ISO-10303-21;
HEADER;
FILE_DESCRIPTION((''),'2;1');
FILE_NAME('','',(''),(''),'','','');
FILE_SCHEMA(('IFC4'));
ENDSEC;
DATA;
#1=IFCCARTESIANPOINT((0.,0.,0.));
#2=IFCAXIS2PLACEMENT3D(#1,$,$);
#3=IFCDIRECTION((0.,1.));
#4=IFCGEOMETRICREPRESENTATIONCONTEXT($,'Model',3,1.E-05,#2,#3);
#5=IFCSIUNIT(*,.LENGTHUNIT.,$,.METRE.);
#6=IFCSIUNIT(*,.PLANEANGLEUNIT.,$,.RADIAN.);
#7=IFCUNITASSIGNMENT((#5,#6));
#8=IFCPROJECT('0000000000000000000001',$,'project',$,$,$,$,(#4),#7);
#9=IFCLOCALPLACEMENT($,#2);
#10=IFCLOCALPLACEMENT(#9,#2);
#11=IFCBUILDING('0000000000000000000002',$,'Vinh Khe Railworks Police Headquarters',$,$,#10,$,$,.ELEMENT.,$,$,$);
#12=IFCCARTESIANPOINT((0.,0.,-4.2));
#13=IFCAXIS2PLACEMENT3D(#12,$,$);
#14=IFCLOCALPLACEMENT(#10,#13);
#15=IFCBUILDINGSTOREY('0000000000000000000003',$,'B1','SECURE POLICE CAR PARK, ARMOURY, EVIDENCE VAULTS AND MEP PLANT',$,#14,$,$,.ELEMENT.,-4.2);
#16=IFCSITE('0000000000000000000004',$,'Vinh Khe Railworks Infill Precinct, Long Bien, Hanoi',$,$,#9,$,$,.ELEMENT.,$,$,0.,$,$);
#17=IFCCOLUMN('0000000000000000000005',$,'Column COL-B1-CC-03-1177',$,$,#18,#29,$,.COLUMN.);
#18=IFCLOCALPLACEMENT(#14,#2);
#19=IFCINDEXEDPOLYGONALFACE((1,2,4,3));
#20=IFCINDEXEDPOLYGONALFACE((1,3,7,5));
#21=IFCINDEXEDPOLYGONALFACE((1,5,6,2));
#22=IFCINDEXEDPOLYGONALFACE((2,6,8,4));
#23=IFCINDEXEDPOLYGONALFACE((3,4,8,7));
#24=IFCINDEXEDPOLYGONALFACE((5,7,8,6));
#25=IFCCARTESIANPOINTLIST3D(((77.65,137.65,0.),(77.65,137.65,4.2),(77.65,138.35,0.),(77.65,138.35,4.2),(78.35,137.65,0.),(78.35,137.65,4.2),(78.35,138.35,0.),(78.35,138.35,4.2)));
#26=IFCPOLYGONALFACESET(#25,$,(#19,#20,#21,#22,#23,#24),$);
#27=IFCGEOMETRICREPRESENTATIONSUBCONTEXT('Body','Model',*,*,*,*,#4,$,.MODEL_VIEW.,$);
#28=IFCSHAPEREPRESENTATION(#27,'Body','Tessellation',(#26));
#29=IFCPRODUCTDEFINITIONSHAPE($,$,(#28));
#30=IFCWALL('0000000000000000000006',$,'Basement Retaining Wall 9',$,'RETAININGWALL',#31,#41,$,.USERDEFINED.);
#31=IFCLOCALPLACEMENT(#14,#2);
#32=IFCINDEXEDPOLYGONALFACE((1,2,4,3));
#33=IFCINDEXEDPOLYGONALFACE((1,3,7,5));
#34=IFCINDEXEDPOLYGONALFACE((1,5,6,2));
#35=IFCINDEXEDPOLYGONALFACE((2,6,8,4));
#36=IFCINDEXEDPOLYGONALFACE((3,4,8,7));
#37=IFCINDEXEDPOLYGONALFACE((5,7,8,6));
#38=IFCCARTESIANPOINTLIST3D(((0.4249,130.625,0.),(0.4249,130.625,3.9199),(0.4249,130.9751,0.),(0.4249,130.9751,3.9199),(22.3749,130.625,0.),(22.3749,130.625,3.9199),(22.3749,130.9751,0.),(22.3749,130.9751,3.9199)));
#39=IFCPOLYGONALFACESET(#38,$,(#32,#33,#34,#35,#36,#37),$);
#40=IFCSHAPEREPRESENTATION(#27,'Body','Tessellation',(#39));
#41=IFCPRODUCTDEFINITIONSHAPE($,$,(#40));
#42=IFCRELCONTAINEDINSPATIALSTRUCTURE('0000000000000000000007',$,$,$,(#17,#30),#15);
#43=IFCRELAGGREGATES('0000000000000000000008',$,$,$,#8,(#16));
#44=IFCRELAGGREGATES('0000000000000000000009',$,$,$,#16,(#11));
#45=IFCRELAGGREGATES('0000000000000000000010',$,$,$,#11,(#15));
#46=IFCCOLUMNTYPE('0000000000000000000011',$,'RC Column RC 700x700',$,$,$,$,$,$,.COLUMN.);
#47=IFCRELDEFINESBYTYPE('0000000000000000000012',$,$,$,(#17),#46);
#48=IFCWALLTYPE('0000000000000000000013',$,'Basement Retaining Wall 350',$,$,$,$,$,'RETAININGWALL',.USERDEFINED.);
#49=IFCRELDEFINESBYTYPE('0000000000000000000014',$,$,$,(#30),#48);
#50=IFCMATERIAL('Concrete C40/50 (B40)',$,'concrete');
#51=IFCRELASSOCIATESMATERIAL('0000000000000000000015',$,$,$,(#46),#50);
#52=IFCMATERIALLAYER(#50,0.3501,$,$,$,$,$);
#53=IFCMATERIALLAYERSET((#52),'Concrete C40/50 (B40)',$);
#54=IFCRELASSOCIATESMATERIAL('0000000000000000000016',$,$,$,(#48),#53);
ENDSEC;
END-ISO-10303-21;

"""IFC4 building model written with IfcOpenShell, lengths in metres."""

from ifc_helpers import new_model, si_unit, direction, frame, frame_2d, origin, origin_2d, place, context, subcontext, project, spatial, rectangle, extrude, material, layer, layer_set, material_profile, profile_set, type_object, element, save


model = new_model("IFC4")

# Units and contexts
model_context = context("Model", 3, precision=1e-05, world=origin(), true_north=direction((0.0, 1.0)))
body_context = subcontext(model_context, "Body", "Model", "MODEL_VIEW")
ifc_project = project(units=[si_unit("LENGTHUNIT", "METRE"), si_unit("PLANEANGLEUNIT", "RADIAN")], contexts=[model_context])

# Site, building, storey
site_placement = place(None, origin())
site = spatial("IfcSite", under=ifc_project, at=site_placement, Name="Vinh Khe Railworks Infill Precinct, Long Bien, Hanoi", CompositionType="ELEMENT", RefElevation=0.0)
building_placement = place(site_placement, origin())
building = spatial("IfcBuilding", under=site, at=building_placement, Name="Vinh Khe Railworks Police Headquarters", CompositionType="ELEMENT")
storey_placement = place(building_placement, frame((0.0, 0.0, -4.2)))
storey = spatial("IfcBuildingStorey", under=building, at=storey_placement, Name="B1", Description="SECURE POLICE CAR PARK, ARMOURY, EVIDENCE VAULTS AND MEP PLANT", CompositionType="ELEMENT", Elevation=-4.2)

# Column
ifc_material_1 = material(Name="Concrete C40/50 (B40)", Category="concrete")
ifc_material_profile_1 = material_profile(ifc_material_1, rectangle(XDim=0.7, YDim=0.7, at=origin_2d()), Name="RC 700x700")
ifc_profile_set_1 = profile_set([ifc_material_profile_1], Name="Concrete C40/50 (B40)")
column_type_1 = type_object("IfcColumnType", Name="RC Column RC 700x700", PredefinedType="COLUMN", material=ifc_profile_set_1)
column_1_placement = place(storey_placement, frame((78.0, 138.0, 0.0), z_axis=(0.0, 0.0, 1.0), x_axis=(1.0, 0.0, 0.0)))
element("IfcColumn", 1, at=column_1_placement, inside=storey, type_object=column_type_1, Name="Column COL-B1-CC-03-1177", PredefinedType="COLUMN", context=body_context, shape_type="SweptSolid", body=[
    extrude(rectangle(XDim=0.7, YDim=0.7, at=origin_2d()), origin(), (0.0, 0.0, 1.0), 4.2),
])

# Wall
ifc_layer = layer(ifc_material_1, 0.3501)
ifc_layer_set = layer_set([ifc_layer], Name="Concrete C40/50 (B40)")
wall_type = type_object("IfcWallType", Name="Basement Retaining Wall 350", ElementType="RETAININGWALL", PredefinedType="USERDEFINED", material=ifc_layer_set)
wall_placement = place(storey_placement, frame((22.375, 130.8, 0.0), z_axis=(0.0, 0.0, 1.0), x_axis=(-1.0, 0.0, 0.0)))
element("IfcWall", 2, at=wall_placement, inside=storey, type_object=wall_type, Name="Basement Retaining Wall 9", ObjectType="RETAININGWALL", PredefinedType="USERDEFINED", context=body_context, shape_type="SweptSolid", body=[
    extrude(rectangle(XDim=21.95, YDim=0.3501, at=frame_2d((10.9751, 0.0))), origin(), (0.0, 0.0, 1.0), 3.9199),
])

save(model, "model.ifc")
